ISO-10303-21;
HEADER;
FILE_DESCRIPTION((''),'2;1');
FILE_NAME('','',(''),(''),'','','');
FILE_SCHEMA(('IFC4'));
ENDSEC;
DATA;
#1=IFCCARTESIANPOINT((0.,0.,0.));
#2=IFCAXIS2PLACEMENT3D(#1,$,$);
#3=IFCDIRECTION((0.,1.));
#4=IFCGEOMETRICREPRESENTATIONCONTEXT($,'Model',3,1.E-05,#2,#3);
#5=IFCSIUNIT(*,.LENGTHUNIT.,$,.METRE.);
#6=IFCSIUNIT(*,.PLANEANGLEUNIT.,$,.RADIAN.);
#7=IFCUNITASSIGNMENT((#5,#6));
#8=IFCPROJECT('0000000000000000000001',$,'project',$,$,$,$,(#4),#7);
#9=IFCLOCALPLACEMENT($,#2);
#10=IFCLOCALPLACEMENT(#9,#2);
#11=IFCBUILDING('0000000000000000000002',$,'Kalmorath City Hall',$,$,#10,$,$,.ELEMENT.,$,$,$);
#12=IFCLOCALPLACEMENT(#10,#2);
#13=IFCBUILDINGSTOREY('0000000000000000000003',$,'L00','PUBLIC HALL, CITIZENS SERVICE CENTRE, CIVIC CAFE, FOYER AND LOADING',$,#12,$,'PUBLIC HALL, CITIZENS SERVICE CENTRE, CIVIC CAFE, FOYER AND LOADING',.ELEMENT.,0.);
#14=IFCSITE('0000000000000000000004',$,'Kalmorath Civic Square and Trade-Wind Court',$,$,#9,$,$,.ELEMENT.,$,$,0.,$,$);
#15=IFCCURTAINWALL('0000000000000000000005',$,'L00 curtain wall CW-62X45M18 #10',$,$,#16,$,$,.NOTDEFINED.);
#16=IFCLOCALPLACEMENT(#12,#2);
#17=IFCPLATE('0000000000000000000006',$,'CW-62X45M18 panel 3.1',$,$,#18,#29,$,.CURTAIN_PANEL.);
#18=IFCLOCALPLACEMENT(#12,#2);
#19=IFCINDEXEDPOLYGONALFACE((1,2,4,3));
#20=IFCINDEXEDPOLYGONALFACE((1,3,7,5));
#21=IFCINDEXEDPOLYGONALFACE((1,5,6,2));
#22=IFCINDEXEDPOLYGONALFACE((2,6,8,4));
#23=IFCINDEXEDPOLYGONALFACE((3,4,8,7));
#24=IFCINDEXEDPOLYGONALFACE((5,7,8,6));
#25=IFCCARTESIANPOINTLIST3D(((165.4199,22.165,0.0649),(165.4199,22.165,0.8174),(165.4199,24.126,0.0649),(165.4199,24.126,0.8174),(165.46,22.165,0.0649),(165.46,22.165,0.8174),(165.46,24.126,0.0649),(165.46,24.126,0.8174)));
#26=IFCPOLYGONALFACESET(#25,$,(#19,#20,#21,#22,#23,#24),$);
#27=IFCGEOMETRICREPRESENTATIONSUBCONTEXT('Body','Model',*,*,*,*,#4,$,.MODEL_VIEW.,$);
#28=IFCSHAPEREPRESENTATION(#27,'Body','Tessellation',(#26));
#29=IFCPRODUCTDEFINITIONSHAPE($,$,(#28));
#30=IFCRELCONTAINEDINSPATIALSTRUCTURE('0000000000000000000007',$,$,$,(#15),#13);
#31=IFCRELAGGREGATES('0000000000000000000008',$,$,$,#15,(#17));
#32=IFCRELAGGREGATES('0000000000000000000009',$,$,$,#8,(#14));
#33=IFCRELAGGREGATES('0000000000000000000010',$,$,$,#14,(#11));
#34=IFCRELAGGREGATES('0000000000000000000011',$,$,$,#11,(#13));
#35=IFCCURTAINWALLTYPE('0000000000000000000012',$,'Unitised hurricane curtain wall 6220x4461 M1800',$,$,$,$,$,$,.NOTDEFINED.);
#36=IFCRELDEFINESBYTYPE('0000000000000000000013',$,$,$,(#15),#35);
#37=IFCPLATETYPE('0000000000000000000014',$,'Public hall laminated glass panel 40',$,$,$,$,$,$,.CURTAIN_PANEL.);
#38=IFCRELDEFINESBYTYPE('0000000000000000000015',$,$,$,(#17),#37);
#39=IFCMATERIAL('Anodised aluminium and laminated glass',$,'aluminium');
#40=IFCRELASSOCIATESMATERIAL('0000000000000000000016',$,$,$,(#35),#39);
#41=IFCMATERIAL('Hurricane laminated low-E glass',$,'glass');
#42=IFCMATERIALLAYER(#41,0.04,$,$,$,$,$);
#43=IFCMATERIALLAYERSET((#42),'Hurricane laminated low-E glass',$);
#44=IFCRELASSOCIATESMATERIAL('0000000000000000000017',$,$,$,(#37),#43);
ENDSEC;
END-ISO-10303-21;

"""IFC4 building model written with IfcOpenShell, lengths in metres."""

from ifc_helpers import new_model, si_unit, direction, frame, origin, origin_2d, place, context, subcontext, project, spatial, rectangle, extrude, material, layer, layer_set, type_object, element, aggregate, save


model = new_model("IFC4")

# Units and contexts
model_context = context("Model", 3, precision=1e-05, world=origin(), true_north=direction((0.0, 1.0)))
body_context = subcontext(model_context, "Body", "Model", "MODEL_VIEW")
ifc_project = project(units=[si_unit("LENGTHUNIT", "METRE"), si_unit("PLANEANGLEUNIT", "RADIAN")], contexts=[model_context])

# Site, building, storey
site_placement = place(None, origin())
site = spatial("IfcSite", under=ifc_project, at=site_placement, Name="Kalmorath Civic Square and Trade-Wind Court", CompositionType="ELEMENT", RefElevation=0.0)
building_placement = place(site_placement, origin())
building = spatial("IfcBuilding", under=site, at=building_placement, Name="Kalmorath City Hall", CompositionType="ELEMENT")
storey_placement = place(building_placement, origin())
storey = spatial("IfcBuildingStorey", under=building, at=storey_placement, Name="L00", Description="PUBLIC HALL, CITIZENS SERVICE CENTRE, CIVIC CAFE, FOYER AND LOADING", LongName="PUBLIC HALL, CITIZENS SERVICE CENTRE, CIVIC CAFE, FOYER AND LOADING", CompositionType="ELEMENT", Elevation=0.0)

# Curtain wall
ifc_material_1 = material(Name="Anodised aluminium and laminated glass", Category="aluminium")
curtain_wall_type = type_object("IfcCurtainWallType", Name="Unitised hurricane curtain wall 6220x4461 M1800", PredefinedType="NOTDEFINED", material=ifc_material_1)
curtain_wall_placement = place(storey_placement, origin())
curtain_wall = element("IfcCurtainWall", 1, at=curtain_wall_placement, inside=storey, type_object=curtain_wall_type, Name="L00 curtain wall CW-62X45M18 #10", PredefinedType="NOTDEFINED")

# Plate
ifc_material_2 = material(Name="Hurricane laminated low-E glass", Category="glass")
ifc_layer = layer(ifc_material_2, 0.04)
ifc_layer_set = layer_set([ifc_layer], Name="Hurricane laminated low-E glass")
plate_type = type_object("IfcPlateType", Name="Public hall laminated glass panel 40", PredefinedType="CURTAIN_PANEL", material=ifc_layer_set)
plate_placement = place(storey_placement, frame((165.4399, 23.1455, 0.0649), z_axis=(0.0, 0.0, 1.0), x_axis=(0.0, -1.0, 0.0)))
plate = element("IfcPlate", 2, at=plate_placement, type_object=plate_type, Name="CW-62X45M18 panel 3.1", PredefinedType="CURTAIN_PANEL", context=body_context, shape_type="SweptSolid", body=[
    extrude(rectangle(XDim=1.9609, YDim=0.04, at=origin_2d()), origin(), (0.0, 0.0, 1.0), 0.7524),
])
aggregate(curtain_wall, [plate])

save(model, "model.ifc")
